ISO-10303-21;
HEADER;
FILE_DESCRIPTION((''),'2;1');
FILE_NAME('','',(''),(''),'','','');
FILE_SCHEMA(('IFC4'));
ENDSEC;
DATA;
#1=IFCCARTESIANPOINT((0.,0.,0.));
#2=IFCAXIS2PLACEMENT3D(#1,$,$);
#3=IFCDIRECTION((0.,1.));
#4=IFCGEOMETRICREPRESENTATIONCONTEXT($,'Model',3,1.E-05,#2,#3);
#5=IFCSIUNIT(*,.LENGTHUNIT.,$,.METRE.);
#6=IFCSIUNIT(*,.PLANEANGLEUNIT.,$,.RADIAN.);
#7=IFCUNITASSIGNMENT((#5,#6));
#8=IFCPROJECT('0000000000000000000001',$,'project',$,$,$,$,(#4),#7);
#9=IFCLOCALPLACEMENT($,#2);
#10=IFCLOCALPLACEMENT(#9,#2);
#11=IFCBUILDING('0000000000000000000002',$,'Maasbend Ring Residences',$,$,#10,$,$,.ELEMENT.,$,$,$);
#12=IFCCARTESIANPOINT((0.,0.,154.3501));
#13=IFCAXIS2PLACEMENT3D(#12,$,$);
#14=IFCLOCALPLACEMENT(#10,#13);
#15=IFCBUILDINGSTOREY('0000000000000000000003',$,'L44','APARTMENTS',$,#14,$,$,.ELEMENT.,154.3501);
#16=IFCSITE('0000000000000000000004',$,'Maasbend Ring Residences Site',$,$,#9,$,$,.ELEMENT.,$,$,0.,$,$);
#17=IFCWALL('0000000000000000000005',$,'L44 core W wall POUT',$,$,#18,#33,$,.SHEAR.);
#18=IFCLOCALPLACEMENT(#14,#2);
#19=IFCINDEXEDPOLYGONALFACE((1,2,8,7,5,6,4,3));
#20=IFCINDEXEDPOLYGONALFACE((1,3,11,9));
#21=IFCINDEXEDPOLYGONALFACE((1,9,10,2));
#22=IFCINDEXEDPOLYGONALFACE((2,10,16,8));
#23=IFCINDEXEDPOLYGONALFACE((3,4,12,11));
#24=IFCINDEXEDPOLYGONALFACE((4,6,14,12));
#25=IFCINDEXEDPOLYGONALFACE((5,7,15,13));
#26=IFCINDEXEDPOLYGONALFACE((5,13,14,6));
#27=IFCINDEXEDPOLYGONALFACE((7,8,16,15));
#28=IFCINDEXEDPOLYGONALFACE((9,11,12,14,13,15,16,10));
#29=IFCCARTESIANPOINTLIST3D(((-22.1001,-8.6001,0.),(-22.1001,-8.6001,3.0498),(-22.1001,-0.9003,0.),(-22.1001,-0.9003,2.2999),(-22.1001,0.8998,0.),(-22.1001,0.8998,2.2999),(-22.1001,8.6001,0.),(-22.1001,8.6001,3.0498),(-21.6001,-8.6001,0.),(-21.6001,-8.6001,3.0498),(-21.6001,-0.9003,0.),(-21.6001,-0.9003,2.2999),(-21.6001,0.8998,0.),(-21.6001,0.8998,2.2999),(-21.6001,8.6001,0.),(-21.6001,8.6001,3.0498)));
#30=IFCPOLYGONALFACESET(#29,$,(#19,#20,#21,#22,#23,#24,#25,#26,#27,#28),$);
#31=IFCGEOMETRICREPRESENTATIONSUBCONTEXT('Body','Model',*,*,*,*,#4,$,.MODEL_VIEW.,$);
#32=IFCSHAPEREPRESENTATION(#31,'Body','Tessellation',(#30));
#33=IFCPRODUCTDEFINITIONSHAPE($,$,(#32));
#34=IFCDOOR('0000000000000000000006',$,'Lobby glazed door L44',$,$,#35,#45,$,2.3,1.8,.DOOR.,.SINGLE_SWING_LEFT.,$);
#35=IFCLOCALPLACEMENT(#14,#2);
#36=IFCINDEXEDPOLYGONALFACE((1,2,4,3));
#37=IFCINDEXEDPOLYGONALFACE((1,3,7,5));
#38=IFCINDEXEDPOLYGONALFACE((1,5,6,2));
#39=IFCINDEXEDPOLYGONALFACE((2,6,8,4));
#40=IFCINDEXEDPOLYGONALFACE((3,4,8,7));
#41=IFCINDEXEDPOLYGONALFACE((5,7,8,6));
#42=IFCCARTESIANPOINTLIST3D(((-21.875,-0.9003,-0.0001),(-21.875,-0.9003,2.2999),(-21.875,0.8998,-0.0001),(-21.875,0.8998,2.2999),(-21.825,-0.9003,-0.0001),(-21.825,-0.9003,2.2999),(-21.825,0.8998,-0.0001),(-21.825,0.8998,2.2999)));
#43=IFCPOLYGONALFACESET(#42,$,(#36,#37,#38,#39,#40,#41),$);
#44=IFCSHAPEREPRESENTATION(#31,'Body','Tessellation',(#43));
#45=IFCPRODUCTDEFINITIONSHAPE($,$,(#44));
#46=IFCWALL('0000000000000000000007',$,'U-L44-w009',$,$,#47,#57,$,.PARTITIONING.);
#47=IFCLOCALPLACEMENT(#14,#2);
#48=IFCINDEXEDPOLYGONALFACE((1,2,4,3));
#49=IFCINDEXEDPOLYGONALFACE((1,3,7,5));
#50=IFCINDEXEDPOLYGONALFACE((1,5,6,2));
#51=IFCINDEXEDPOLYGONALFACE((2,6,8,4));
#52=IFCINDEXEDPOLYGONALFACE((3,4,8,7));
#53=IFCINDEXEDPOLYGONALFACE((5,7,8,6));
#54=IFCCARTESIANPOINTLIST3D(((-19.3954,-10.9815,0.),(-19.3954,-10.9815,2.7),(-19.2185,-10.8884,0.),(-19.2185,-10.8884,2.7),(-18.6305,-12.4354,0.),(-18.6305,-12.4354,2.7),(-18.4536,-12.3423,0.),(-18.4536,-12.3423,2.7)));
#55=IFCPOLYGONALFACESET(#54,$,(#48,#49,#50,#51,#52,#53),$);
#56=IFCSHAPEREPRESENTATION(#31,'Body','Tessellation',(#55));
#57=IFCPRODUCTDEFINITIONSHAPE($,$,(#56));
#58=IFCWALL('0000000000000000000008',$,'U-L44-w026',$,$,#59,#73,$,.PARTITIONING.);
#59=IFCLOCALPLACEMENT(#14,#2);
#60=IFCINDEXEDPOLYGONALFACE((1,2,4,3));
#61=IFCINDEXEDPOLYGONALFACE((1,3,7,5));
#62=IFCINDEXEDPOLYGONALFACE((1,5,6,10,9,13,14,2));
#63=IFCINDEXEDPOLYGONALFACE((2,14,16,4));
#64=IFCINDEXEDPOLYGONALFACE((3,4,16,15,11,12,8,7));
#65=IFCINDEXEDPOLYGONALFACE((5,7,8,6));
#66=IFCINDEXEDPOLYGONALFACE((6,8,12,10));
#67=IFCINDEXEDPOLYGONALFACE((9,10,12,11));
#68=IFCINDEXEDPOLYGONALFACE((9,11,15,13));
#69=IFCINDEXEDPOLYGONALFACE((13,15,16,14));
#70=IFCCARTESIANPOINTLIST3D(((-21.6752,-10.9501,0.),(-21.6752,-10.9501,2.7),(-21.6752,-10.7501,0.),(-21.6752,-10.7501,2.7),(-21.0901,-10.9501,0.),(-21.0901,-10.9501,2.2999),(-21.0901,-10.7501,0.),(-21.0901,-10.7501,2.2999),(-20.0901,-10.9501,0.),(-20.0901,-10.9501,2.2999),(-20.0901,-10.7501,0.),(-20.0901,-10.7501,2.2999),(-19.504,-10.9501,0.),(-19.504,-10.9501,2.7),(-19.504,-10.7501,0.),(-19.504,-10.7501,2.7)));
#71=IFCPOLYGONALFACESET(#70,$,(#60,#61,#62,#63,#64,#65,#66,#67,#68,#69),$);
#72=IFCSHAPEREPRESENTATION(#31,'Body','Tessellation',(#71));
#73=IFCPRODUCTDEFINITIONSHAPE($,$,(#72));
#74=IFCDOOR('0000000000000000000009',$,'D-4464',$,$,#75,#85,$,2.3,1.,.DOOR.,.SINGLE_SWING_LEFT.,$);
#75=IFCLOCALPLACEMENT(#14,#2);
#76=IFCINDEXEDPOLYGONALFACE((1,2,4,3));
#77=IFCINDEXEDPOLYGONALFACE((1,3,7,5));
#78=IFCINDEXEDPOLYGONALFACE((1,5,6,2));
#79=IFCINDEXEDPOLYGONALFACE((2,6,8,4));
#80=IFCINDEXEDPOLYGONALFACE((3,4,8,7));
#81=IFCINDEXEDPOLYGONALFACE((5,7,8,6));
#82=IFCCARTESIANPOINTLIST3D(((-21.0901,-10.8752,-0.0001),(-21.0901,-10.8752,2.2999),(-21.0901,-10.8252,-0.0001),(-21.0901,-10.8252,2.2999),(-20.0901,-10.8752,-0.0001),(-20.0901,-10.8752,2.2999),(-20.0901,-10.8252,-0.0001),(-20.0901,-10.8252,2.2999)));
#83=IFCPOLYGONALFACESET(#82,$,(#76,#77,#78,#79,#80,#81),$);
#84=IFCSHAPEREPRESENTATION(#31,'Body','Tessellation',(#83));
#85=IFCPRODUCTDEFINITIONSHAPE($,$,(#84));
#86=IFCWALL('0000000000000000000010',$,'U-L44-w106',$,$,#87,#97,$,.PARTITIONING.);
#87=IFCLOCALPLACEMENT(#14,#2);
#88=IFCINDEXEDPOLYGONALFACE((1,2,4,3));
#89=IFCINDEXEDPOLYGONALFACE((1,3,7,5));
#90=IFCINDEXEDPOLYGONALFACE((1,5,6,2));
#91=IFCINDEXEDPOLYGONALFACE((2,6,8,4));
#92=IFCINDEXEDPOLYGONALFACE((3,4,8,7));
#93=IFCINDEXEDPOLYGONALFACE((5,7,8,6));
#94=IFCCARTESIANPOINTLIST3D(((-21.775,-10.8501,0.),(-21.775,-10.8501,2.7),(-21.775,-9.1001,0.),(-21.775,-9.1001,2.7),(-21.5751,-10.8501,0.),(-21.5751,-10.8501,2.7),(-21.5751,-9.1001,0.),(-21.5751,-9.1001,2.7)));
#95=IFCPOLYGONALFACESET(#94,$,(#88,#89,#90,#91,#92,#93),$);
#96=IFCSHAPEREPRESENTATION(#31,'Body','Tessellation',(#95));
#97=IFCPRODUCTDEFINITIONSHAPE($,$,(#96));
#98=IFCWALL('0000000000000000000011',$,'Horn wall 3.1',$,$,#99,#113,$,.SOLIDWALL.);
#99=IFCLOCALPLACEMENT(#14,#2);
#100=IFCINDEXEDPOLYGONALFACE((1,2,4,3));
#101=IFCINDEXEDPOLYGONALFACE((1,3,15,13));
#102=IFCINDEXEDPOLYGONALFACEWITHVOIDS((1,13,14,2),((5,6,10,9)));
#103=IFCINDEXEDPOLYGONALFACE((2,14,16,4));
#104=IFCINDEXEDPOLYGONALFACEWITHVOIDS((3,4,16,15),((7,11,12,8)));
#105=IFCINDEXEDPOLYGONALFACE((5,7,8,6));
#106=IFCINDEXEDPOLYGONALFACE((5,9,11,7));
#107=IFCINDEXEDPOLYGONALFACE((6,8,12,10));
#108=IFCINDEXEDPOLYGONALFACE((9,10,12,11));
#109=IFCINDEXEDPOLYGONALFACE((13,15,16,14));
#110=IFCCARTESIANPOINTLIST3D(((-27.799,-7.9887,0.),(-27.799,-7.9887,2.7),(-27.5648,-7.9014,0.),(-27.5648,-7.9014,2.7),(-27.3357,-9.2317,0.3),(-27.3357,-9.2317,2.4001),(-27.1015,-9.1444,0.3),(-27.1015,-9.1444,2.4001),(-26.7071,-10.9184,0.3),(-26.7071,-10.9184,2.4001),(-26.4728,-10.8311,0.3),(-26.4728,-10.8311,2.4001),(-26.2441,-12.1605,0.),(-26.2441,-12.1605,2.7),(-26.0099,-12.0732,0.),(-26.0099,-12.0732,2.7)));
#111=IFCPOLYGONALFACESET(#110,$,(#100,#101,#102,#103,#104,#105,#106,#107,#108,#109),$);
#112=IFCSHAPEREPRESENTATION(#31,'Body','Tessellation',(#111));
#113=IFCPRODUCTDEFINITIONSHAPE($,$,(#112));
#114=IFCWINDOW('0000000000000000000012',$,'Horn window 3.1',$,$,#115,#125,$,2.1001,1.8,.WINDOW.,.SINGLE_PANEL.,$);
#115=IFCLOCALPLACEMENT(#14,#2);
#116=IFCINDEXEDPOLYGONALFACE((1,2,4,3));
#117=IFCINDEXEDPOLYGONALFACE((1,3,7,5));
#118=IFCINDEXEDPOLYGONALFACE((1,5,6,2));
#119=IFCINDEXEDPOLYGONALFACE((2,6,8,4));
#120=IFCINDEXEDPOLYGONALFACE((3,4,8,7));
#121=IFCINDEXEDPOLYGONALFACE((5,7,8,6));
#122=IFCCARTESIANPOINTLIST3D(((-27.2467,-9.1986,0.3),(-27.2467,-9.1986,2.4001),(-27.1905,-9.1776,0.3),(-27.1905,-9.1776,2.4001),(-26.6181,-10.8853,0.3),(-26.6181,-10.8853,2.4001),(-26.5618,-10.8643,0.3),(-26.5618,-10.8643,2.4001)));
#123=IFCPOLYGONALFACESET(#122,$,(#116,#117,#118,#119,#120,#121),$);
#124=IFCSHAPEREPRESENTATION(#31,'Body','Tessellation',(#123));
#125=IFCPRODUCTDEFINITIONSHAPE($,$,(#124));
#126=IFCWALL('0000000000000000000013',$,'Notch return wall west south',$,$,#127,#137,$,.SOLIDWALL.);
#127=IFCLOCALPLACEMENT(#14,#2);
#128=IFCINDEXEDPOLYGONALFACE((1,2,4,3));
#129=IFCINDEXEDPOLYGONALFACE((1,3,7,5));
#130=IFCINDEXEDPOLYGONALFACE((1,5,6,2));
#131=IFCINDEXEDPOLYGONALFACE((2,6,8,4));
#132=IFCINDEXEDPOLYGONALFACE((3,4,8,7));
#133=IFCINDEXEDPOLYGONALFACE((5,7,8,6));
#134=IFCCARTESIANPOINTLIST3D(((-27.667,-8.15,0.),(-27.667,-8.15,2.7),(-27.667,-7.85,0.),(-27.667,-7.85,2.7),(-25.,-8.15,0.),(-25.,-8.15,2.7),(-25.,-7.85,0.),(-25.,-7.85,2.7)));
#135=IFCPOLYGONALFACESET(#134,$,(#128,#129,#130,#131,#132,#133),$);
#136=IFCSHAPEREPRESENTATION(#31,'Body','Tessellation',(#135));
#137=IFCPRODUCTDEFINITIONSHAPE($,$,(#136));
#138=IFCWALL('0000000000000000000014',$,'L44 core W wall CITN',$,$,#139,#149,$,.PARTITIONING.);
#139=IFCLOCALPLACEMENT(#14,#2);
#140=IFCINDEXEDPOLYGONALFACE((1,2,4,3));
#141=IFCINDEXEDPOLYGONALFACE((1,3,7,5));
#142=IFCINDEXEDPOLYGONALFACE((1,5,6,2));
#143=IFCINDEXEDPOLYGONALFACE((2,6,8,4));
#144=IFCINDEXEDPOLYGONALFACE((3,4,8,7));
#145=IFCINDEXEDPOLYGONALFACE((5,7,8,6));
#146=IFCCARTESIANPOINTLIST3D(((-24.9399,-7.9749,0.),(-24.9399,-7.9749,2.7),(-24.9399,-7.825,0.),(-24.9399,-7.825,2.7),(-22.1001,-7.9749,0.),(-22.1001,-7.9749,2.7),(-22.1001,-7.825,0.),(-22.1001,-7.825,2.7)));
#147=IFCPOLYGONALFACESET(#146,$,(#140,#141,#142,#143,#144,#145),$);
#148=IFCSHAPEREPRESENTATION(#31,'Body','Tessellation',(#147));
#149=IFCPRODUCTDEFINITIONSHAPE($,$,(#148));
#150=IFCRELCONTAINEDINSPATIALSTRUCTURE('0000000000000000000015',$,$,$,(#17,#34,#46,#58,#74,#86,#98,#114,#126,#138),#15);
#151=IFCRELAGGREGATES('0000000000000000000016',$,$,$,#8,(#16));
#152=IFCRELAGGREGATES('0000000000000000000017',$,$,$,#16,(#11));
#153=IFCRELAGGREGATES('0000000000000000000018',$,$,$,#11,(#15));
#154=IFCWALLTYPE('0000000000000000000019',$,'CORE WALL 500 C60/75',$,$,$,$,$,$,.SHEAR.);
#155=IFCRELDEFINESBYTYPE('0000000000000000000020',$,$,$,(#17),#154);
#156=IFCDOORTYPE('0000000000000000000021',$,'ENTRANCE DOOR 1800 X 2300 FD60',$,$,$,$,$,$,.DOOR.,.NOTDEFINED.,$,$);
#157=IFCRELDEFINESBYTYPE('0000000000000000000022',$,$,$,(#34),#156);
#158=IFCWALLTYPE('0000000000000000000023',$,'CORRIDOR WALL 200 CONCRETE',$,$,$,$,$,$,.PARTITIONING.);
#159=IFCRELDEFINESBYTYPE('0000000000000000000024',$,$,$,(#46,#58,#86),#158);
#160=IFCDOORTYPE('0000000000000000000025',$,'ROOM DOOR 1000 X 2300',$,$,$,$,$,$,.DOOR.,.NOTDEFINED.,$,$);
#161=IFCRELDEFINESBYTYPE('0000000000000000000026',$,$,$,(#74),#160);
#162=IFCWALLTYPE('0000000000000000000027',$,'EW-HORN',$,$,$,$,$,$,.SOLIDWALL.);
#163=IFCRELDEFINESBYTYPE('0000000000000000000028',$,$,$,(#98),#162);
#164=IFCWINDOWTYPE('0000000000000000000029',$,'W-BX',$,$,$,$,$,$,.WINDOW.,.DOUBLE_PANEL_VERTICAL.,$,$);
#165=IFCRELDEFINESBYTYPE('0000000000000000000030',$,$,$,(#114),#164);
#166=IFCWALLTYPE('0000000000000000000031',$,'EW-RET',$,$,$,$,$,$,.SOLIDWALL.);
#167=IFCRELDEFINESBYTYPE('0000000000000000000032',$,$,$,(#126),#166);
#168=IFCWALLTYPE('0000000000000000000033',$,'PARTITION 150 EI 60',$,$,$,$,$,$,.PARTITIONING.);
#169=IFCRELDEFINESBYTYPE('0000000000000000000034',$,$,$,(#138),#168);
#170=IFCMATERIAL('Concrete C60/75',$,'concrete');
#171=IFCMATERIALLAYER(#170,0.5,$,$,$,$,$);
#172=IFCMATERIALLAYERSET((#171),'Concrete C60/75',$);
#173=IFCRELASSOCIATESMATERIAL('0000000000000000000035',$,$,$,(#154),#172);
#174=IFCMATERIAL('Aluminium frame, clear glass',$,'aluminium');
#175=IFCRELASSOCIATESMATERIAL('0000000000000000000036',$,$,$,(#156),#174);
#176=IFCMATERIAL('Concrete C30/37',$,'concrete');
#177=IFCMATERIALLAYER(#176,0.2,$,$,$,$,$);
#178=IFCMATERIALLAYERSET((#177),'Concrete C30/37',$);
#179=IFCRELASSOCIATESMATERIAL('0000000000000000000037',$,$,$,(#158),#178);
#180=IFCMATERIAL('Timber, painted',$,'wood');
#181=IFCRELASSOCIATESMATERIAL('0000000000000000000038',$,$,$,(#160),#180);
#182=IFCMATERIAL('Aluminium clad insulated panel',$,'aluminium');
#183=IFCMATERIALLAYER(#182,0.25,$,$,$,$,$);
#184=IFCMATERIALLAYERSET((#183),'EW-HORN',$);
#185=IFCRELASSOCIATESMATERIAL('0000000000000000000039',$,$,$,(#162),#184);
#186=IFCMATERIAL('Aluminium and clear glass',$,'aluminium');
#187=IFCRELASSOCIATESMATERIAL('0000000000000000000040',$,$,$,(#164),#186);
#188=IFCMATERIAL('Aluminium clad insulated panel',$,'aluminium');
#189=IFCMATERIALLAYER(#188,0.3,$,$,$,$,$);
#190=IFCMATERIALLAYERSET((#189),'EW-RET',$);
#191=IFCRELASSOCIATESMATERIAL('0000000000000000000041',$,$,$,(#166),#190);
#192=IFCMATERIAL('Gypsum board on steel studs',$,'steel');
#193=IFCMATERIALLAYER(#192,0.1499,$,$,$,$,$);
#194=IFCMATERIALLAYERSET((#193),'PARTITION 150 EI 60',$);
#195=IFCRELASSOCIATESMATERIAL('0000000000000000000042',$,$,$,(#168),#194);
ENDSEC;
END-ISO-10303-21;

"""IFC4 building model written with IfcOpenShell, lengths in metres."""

from ifc_helpers import new_model, si_unit, direction, frame, frame_2d, origin, place, context, subcontext, project, spatial, rectangle, extrude, material, layer, layer_set, type_object, element, fill, save


model = new_model("IFC4")

# Units and contexts
model_context = context("Model", 3, precision=1e-05, world=origin(), true_north=direction((0.0, 1.0)))
body_context = subcontext(model_context, "Body", "Model", "MODEL_VIEW")
ifc_project = project(units=[si_unit("LENGTHUNIT", "METRE"), si_unit("PLANEANGLEUNIT", "RADIAN")], contexts=[model_context])

# Site, building, storey
site_placement = place(None, origin())
site = spatial("IfcSite", under=ifc_project, at=site_placement, Name="Maasbend Ring Residences Site", CompositionType="ELEMENT", RefElevation=0.0)
building_placement = place(site_placement, origin())
building = spatial("IfcBuilding", under=site, at=building_placement, Name="Maasbend Ring Residences", CompositionType="ELEMENT")
storey_placement = place(building_placement, frame((0.0, 0.0, 154.3501)))
storey = spatial("IfcBuildingStorey", under=building, at=storey_placement, Name="L44", Description="APARTMENTS", CompositionType="ELEMENT", Elevation=154.3501)

# Wall, opening, door
ifc_material_1 = material(Name="Concrete C60/75", Category="concrete")
ifc_layer_1 = layer(ifc_material_1, 0.5)
ifc_layer_set_1 = layer_set([ifc_layer_1], Name="Concrete C60/75")
wall_type_1 = type_object("IfcWallType", Name="CORE WALL 500 C60/75", PredefinedType="SHEAR", material=ifc_layer_set_1)
wall_1_placement = place(storey_placement, frame((-21.8501, -8.6001, 0.0), z_axis=(0.0, 0.0, 1.0), x_axis=(0.0, 1.0, 0.0)))
wall_1 = element("IfcWall", 1, at=wall_1_placement, inside=storey, type_object=wall_type_1, Name="L44 core W wall POUT", PredefinedType="SHEAR", context=body_context, shape_type="SweptSolid", body=[
    extrude(rectangle(XDim=17.2002, YDim=0.5, at=frame_2d((8.6001, 0.0))), origin(), (0.0, 0.0, 1.0), 3.0498),
])
opening_1_placement = place(wall_1_placement, frame((7.7, 0.0, 0.0)))
opening_1 = element("IfcOpeningElement", 2, at=opening_1_placement, cuts=wall_1, PredefinedType="OPENING", context=body_context, shape_type="SweptSolid", body=[
    extrude(rectangle(XDim=1.8, YDim=2.3, at=frame_2d((0.8999, 1.1499))), frame((0.0, 0.26, 0.0), z_axis=(0.0, -1.0, 0.0), x_axis=(1.0, 0.0, 0.0)), (0.0, 0.0, 1.0), 0.52),
])
ifc_material_2 = material(Name="Aluminium frame, clear glass", Category="aluminium")
door_type_1 = type_object("IfcDoorType", Name="ENTRANCE DOOR 1800 X 2300 FD60", OperationType="NOTDEFINED", PredefinedType="DOOR", material=ifc_material_2)
door_1_placement = place(opening_1_placement, origin())
door_1 = element("IfcDoor", 3, at=door_1_placement, inside=storey, type_object=door_type_1, Name="Lobby glazed door L44", OperationType="SINGLE_SWING_LEFT", OverallHeight=2.3, OverallWidth=1.8, PredefinedType="DOOR", context=body_context, shape_type="SweptSolid", body=[
    extrude(rectangle(XDim=1.8, YDim=2.3, at=frame_2d((0.8999, 1.1499))), frame((0.0, 0.0249, 0.0), z_axis=(0.0, -1.0, 0.0), x_axis=(1.0, 0.0, 0.0)), (0.0, 0.0, 1.0), 0.05),
])
fill(opening_1, door_1)

# Wall
ifc_material_3 = material(Name="Concrete C30/37", Category="concrete")
ifc_layer_2 = layer(ifc_material_3, 0.2)
ifc_layer_set_2 = layer_set([ifc_layer_2], Name="Concrete C30/37")
wall_type_2 = type_object("IfcWallType", Name="CORRIDOR WALL 200 CONCRETE", PredefinedType="PARTITIONING", material=ifc_layer_set_2)
wall_2_placement = place(storey_placement, frame((-19.3069, -10.9351, 0.0), z_axis=(0.0, 0.0, 1.0), x_axis=(0.465606, -0.884992, 0.0)))
element("IfcWall", 4, at=wall_2_placement, inside=storey, type_object=wall_type_2, Name="U-L44-w009", PredefinedType="PARTITIONING", context=body_context, shape_type="SweptSolid", body=[
    extrude(rectangle(XDim=1.6428, YDim=0.2, at=frame_2d((0.8213, 0.0))), origin(), (0.0, 0.0, 1.0), 2.7),
])

# Wall, opening, door
wall_3_placement = place(storey_placement, frame((-21.675, -10.8501, 0.0), z_axis=(0.0, 0.0, 1.0), x_axis=(1.0, 0.0, 0.0)))
wall_3 = element("IfcWall", 5, at=wall_3_placement, inside=storey, type_object=wall_type_2, Name="U-L44-w026", PredefinedType="PARTITIONING", context=body_context, shape_type="SweptSolid", body=[
    extrude(rectangle(XDim=2.1711, YDim=0.2, at=frame_2d((1.0854, 0.0))), origin(), (0.0, 0.0, 1.0), 2.7),
])
opening_2_placement = place(wall_3_placement, frame((0.585, 0.0, 0.0)))
opening_2 = element("IfcOpeningElement", 6, at=opening_2_placement, cuts=wall_3, PredefinedType="OPENING", context=body_context, shape_type="SweptSolid", body=[
    extrude(rectangle(XDim=1.0, YDim=2.3, at=frame_2d((0.5, 1.1499))), frame((0.0, 0.1099, 0.0), z_axis=(0.0, -1.0, 0.0), x_axis=(1.0, 0.0, 0.0)), (0.0, 0.0, 1.0), 0.22),
])
ifc_material_4 = material(Name="Timber, painted", Category="wood")
door_type_2 = type_object("IfcDoorType", Name="ROOM DOOR 1000 X 2300", OperationType="NOTDEFINED", PredefinedType="DOOR", material=ifc_material_4)
door_2_placement = place(opening_2_placement, origin())
door_2 = element("IfcDoor", 7, at=door_2_placement, inside=storey, type_object=door_type_2, Name="D-4464", OperationType="SINGLE_SWING_LEFT", OverallHeight=2.3, OverallWidth=1.0, PredefinedType="DOOR", context=body_context, shape_type="SweptSolid", body=[
    extrude(rectangle(XDim=1.0, YDim=2.3, at=frame_2d((0.5, 1.1499))), frame((0.0, 0.0249, 0.0), z_axis=(0.0, -1.0, 0.0), x_axis=(1.0, 0.0, 0.0)), (0.0, 0.0, 1.0), 0.05),
])
fill(opening_2, door_2)

# Wall
wall_4_placement = place(storey_placement, frame((-21.675, -10.8501, 0.0), z_axis=(0.0, 0.0, 1.0), x_axis=(0.0, 1.0, 0.0)))
element("IfcWall", 8, at=wall_4_placement, inside=storey, type_object=wall_type_2, Name="U-L44-w106", PredefinedType="PARTITIONING", context=body_context, shape_type="SweptSolid", body=[
    extrude(rectangle(XDim=1.75, YDim=0.2, at=frame_2d((0.875, 0.0))), origin(), (0.0, 0.0, 1.0), 2.7),
])

# Wall, opening, window
ifc_material_5 = material(Name="Aluminium clad insulated panel", Category="aluminium")
ifc_layer_3 = layer(ifc_material_5, 0.25)
ifc_layer_set_3 = layer_set([ifc_layer_3], Name="EW-HORN")
wall_type_3 = type_object("IfcWallType", Name="EW-HORN", PredefinedType="SOLIDWALL", material=ifc_layer_set_3)
wall_5_placement = place(storey_placement, frame((-27.6819, -7.9451, 0.0), z_axis=(0.0, 0.0, 1.0), x_axis=(0.349248, -0.93703, 0.0)))
wall_5 = element("IfcWall", 9, at=wall_5_placement, inside=storey, type_object=wall_type_3, Name="Horn wall 3.1", PredefinedType="SOLIDWALL", context=body_context, shape_type="SweptSolid", body=[
    extrude(rectangle(XDim=4.4521, YDim=0.25, at=frame_2d((2.2261, 0.0))), origin(), (0.0, 0.0, 1.0), 2.7),
])
opening_3_placement = place(wall_5_placement, frame((1.3267, 0.0, 0.3)))
opening_3 = element("IfcOpeningElement", 10, at=opening_3_placement, cuts=wall_5, PredefinedType="OPENING", context=body_context, shape_type="SweptSolid", body=[
    extrude(rectangle(XDim=1.8, YDim=2.1001, at=frame_2d((0.8999, 1.05))), frame((0.0, 0.135, 0.0), z_axis=(0.0, -1.0, 0.0), x_axis=(1.0, 0.0, 0.0)), (0.0, 0.0, 1.0), 0.27),
])
ifc_material_6 = material(Name="Aluminium and clear glass", Category="aluminium")
window_type = type_object("IfcWindowType", Name="W-BX", PartitioningType="DOUBLE_PANEL_VERTICAL", PredefinedType="WINDOW", material=ifc_material_6)
window_placement = place(opening_3_placement, origin())
window = element("IfcWindow", 11, at=window_placement, inside=storey, type_object=window_type, Name="Horn window 3.1", OverallHeight=2.1001, OverallWidth=1.8, PartitioningType="SINGLE_PANEL", PredefinedType="WINDOW", context=body_context, shape_type="SweptSolid", body=[
    extrude(rectangle(XDim=1.8, YDim=2.1001, at=frame_2d((0.8999, 1.05))), frame((0.0, 0.03, 0.0), z_axis=(0.0, -1.0, 0.0), x_axis=(1.0, 0.0, 0.0)), (0.0, 0.0, 1.0), 0.0601),
])
fill(opening_3, window)

# Walls
ifc_material_7 = material(Name="Aluminium clad insulated panel", Category="aluminium")
ifc_layer_4 = layer(ifc_material_7, 0.3)
ifc_layer_set_4 = layer_set([ifc_layer_4], Name="EW-RET")
wall_type_4 = type_object("IfcWallType", Name="EW-RET", PredefinedType="SOLIDWALL", material=ifc_layer_set_4)
wall_6_placement = place(storey_placement, frame((-25.0, -8.0, 0.0), z_axis=(0.0, 0.0, 1.0), x_axis=(-1.0, 0.0, 0.0)))
element("IfcWall", 12, at=wall_6_placement, inside=storey, type_object=wall_type_4, Name="Notch return wall west south", PredefinedType="SOLIDWALL", context=body_context, shape_type="SweptSolid", body=[
    extrude(rectangle(XDim=2.667, YDim=0.3, at=frame_2d((1.3335, 0.0))), origin(), (0.0, 0.0, 1.0), 2.7),
])
ifc_material_8 = material(Name="Gypsum board on steel studs", Category="steel")
ifc_layer_5 = layer(ifc_material_8, 0.1499)
ifc_layer_set_5 = layer_set([ifc_layer_5], Name="PARTITION 150 EI 60")
wall_type_5 = type_object("IfcWallType", Name="PARTITION 150 EI 60", PredefinedType="PARTITIONING", material=ifc_layer_set_5)
wall_7_placement = place(storey_placement, frame((-22.1001, -7.8999, 0.0), z_axis=(0.0, 0.0, 1.0), x_axis=(-1.0, 0.0, 0.0)))
element("IfcWall", 13, at=wall_7_placement, inside=storey, type_object=wall_type_5, Name="L44 core W wall CITN", PredefinedType="PARTITIONING", context=body_context, shape_type="SweptSolid", body=[
    extrude(rectangle(XDim=2.8398, YDim=0.1499, at=frame_2d((1.4199, 0.0))), origin(), (0.0, 0.0, 1.0), 2.7),
])

save(model, "model.ifc")
